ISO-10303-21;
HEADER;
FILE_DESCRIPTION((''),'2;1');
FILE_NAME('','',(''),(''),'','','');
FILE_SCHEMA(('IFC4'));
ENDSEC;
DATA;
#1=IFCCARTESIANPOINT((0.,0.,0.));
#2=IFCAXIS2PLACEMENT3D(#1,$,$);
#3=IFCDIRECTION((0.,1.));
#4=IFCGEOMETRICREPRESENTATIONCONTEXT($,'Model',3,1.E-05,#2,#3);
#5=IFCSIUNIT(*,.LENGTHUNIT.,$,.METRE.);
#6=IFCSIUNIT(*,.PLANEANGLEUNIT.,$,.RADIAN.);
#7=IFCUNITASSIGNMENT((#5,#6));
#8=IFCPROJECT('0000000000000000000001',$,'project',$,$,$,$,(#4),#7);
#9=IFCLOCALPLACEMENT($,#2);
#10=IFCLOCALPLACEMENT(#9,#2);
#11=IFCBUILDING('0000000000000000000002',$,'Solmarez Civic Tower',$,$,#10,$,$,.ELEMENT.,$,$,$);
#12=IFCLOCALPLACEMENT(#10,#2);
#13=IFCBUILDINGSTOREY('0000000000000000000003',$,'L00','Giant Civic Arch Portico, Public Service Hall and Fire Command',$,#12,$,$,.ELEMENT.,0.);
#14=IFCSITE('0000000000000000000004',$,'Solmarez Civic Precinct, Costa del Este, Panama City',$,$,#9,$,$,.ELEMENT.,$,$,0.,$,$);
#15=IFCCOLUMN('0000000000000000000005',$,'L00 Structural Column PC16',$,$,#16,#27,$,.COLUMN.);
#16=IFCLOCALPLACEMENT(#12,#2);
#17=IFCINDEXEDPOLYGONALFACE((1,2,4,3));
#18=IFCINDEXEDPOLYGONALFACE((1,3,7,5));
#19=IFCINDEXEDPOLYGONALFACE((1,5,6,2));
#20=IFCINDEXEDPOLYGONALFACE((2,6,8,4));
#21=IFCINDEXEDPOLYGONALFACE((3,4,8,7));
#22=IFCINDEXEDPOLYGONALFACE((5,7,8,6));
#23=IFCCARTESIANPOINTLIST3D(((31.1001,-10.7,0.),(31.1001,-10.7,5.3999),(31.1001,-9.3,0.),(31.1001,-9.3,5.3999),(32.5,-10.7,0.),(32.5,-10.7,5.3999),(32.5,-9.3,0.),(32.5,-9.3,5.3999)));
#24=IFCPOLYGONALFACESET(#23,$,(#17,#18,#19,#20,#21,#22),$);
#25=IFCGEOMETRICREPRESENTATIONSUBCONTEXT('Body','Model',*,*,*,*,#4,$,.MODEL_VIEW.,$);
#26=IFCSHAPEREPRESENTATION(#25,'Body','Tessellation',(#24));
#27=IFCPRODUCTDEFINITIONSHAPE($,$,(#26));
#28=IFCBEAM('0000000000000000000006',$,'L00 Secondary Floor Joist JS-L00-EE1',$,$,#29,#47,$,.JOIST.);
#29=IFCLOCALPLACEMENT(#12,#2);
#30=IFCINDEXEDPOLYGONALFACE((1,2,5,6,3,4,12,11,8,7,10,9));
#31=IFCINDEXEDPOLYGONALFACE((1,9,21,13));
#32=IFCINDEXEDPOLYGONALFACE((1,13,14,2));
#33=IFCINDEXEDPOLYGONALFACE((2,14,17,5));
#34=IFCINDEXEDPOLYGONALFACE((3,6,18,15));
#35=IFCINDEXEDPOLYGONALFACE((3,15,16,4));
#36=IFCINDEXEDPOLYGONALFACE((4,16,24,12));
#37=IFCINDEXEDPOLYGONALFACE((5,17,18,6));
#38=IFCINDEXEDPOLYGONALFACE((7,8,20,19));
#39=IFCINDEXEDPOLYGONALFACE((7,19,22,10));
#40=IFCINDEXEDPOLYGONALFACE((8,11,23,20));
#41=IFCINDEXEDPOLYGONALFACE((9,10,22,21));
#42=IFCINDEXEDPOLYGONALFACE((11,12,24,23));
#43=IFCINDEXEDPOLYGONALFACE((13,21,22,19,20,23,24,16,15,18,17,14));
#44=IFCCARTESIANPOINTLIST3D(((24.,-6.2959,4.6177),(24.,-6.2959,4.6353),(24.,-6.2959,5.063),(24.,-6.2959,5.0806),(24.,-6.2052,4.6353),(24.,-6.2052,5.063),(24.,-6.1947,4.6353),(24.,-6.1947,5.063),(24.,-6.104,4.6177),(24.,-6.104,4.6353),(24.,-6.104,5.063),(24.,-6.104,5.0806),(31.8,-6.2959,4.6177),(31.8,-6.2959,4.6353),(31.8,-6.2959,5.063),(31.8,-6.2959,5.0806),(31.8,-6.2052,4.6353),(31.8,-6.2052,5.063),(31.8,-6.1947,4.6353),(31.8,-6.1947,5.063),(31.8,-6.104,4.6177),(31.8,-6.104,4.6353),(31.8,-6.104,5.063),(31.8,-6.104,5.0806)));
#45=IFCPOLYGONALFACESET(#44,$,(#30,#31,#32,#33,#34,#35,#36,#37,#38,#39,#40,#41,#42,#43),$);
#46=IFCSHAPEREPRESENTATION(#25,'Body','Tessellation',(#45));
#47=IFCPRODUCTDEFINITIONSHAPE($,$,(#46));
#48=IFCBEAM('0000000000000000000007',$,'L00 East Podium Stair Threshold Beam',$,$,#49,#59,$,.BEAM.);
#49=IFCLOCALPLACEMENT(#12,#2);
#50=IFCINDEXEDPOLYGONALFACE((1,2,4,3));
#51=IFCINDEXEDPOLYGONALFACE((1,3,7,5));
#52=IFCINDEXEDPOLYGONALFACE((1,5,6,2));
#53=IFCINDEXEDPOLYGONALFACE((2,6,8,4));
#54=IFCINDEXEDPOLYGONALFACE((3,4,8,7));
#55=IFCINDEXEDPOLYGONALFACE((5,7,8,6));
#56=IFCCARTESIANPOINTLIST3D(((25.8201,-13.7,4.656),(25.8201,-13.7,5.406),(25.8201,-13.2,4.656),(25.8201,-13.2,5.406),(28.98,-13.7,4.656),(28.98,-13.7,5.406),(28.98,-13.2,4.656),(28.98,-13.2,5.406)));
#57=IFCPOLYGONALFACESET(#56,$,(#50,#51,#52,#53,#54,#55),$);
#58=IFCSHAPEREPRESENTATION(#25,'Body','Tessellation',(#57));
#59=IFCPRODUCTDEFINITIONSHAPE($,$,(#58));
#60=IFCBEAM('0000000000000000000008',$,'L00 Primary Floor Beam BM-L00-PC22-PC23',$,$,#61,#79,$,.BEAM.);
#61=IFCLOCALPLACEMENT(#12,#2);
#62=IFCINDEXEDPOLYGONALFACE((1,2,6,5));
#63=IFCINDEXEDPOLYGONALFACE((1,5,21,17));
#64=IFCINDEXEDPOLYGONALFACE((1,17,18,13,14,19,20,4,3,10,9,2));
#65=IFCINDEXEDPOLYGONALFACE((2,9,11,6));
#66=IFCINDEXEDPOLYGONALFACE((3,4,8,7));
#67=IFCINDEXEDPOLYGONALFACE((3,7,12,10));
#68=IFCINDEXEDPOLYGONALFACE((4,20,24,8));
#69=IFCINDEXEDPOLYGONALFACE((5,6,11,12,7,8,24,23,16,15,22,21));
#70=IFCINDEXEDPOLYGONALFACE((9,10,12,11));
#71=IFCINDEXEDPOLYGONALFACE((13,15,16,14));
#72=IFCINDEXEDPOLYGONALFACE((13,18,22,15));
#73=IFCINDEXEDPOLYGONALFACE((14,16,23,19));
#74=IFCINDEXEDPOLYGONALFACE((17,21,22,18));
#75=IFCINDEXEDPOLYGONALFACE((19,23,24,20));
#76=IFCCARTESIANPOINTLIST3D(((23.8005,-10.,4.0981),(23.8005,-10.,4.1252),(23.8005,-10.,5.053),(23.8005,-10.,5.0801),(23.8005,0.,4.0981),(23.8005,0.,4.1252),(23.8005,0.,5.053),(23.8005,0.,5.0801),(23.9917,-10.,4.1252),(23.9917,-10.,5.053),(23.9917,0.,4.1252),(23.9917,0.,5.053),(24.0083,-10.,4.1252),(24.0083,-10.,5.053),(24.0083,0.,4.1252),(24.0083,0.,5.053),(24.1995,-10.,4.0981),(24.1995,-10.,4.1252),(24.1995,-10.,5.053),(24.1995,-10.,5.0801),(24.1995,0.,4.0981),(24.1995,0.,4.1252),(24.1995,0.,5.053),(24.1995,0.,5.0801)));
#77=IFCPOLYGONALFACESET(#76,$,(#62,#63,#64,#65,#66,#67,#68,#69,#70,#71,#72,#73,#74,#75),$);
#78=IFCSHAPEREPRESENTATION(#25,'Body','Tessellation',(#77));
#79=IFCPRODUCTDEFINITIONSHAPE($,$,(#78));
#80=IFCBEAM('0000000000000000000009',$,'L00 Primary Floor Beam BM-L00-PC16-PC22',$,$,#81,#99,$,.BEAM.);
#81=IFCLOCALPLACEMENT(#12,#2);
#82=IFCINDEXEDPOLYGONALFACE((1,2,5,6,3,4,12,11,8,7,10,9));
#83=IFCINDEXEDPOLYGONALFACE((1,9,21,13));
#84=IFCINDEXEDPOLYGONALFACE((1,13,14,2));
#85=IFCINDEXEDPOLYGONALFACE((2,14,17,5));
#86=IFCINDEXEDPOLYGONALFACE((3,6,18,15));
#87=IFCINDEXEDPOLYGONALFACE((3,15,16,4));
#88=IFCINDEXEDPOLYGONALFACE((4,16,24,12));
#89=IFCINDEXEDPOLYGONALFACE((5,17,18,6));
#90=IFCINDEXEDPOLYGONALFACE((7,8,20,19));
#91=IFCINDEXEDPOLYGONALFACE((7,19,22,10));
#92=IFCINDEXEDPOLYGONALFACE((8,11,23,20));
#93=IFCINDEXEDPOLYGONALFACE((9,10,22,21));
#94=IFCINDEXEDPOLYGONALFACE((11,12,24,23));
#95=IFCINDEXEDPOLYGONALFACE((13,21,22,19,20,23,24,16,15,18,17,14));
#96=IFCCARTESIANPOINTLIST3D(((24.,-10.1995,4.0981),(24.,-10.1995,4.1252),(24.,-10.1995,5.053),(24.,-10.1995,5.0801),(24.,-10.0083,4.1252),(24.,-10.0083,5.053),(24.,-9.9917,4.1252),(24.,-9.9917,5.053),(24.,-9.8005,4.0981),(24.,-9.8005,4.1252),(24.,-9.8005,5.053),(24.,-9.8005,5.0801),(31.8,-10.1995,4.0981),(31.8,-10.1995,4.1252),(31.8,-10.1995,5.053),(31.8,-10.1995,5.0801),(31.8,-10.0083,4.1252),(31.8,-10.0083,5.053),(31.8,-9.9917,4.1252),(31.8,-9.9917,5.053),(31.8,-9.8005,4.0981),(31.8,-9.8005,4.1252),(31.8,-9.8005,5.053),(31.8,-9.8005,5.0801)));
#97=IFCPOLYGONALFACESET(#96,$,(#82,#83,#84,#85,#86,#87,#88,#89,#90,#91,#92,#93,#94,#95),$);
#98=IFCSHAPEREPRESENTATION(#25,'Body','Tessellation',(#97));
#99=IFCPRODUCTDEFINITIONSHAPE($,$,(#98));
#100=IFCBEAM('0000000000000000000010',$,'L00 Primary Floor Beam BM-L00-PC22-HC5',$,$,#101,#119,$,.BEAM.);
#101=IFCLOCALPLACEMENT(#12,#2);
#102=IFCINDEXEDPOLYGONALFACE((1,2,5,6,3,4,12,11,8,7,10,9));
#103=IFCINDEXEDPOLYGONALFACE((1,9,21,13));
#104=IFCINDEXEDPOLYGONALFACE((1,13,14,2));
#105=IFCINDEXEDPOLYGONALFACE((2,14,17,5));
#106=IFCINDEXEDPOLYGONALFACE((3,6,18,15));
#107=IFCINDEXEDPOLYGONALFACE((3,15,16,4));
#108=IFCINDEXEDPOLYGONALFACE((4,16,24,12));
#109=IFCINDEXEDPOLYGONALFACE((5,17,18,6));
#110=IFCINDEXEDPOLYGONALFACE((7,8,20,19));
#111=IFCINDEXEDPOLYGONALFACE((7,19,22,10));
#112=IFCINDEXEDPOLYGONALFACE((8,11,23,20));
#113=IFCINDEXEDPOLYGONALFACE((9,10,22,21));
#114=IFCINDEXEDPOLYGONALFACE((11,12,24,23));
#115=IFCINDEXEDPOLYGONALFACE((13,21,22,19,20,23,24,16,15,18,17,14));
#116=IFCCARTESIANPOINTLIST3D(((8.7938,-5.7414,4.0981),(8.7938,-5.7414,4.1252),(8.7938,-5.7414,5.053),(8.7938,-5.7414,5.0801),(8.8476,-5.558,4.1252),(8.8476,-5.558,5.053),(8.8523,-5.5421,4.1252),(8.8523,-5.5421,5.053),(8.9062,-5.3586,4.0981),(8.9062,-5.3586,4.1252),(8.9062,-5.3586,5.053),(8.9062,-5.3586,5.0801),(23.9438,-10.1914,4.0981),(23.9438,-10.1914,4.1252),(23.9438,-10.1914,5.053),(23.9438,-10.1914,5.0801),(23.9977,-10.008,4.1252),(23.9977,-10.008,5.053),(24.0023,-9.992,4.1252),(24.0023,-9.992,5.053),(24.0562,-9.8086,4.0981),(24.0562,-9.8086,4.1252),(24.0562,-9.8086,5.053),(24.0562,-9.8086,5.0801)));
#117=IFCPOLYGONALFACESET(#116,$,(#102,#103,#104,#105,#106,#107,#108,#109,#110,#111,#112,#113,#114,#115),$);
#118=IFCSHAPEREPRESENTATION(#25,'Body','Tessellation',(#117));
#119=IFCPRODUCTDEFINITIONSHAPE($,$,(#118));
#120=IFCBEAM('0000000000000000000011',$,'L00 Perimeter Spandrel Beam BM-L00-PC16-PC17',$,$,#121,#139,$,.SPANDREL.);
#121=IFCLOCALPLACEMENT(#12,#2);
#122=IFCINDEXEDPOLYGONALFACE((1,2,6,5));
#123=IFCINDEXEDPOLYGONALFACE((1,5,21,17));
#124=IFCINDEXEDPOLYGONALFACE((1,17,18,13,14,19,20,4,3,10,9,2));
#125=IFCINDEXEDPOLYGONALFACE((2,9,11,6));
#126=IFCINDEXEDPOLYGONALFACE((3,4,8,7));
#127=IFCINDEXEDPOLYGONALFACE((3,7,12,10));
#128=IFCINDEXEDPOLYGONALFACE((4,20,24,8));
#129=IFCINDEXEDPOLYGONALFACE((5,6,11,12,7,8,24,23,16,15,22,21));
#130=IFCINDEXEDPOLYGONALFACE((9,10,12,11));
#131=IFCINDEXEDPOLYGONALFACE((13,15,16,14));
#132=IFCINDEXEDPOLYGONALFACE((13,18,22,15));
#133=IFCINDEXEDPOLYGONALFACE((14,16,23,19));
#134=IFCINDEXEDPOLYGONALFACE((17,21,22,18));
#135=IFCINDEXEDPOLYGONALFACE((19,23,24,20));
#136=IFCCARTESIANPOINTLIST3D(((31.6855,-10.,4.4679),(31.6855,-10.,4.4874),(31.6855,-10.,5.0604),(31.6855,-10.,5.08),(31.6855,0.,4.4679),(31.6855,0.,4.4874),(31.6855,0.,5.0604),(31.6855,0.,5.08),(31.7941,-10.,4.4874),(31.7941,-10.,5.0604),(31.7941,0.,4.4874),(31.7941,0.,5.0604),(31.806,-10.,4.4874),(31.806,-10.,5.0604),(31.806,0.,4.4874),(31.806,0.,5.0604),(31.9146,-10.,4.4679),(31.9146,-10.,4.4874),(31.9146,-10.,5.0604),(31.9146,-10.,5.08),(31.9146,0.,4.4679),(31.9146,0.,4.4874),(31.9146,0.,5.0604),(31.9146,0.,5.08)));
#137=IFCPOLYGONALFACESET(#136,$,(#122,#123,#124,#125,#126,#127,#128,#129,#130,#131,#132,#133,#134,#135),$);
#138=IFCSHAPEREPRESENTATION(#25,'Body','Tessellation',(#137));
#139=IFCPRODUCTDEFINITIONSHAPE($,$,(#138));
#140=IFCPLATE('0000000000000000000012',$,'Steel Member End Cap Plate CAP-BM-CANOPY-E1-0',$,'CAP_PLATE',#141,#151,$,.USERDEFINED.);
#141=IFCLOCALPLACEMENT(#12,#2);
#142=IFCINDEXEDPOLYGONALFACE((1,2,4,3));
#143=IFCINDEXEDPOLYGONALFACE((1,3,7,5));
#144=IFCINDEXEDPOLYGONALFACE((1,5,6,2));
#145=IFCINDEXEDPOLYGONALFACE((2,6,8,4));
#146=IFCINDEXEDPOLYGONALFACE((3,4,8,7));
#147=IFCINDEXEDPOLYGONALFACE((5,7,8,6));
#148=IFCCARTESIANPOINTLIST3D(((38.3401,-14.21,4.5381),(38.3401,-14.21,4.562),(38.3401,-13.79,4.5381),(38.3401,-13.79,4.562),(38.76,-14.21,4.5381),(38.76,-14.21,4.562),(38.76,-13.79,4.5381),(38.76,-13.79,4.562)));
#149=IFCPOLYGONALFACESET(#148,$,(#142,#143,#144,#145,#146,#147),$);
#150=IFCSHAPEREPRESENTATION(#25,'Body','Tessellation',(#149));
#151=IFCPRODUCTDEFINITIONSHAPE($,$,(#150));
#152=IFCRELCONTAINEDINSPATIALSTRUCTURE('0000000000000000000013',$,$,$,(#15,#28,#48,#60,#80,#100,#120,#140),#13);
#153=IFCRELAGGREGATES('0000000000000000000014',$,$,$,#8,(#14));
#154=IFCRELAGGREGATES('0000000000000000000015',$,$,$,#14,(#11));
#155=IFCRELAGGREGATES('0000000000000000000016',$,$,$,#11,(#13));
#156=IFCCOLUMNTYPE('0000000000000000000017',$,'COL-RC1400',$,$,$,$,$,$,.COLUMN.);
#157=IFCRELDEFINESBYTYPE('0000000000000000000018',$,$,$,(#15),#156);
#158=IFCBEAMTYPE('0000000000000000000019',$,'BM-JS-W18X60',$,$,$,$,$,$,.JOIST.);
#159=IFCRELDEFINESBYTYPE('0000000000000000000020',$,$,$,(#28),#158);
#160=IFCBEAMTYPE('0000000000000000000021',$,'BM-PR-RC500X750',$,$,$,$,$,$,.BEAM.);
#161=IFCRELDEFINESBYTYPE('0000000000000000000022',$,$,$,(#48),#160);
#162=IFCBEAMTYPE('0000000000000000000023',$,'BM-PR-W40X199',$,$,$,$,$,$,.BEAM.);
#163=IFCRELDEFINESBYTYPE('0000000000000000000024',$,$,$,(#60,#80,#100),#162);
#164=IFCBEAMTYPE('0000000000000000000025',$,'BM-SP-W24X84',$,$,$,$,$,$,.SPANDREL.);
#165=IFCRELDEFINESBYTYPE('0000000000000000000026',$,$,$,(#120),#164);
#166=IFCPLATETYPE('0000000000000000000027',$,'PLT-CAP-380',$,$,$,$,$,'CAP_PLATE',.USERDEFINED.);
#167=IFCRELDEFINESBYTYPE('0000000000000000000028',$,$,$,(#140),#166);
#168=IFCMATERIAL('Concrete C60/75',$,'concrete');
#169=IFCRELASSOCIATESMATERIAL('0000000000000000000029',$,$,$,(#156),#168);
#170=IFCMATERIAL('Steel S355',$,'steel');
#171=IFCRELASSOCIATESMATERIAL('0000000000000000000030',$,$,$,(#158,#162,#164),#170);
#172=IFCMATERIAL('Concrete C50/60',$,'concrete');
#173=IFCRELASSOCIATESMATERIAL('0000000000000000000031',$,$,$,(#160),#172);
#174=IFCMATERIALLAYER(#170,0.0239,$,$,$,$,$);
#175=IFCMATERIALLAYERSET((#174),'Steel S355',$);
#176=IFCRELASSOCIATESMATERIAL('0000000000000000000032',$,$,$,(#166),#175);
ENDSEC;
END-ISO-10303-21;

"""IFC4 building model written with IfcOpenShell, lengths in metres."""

from ifc_helpers import new_model, si_unit, direction, frame, origin, origin_2d, place, context, subcontext, project, spatial, rectangle, i_section, extrude, material, layer, layer_set, material_profile, profile_set, type_object, element, save


model = new_model("IFC4")

# Units and contexts
model_context = context("Model", 3, precision=1e-05, world=origin(), true_north=direction((0.0, 1.0)))
body_context = subcontext(model_context, "Body", "Model", "MODEL_VIEW")
ifc_project = project(units=[si_unit("LENGTHUNIT", "METRE"), si_unit("PLANEANGLEUNIT", "RADIAN")], contexts=[model_context])

# Site, building, storey
site_placement = place(None, origin())
site = spatial("IfcSite", under=ifc_project, at=site_placement, Name="Solmarez Civic Precinct, Costa del Este, Panama City", CompositionType="ELEMENT", RefElevation=0.0)
building_placement = place(site_placement, origin())
building = spatial("IfcBuilding", under=site, at=building_placement, Name="Solmarez Civic Tower", CompositionType="ELEMENT")
storey_placement = place(building_placement, origin())
storey = spatial("IfcBuildingStorey", under=building, at=storey_placement, Name="L00", Description="Giant Civic Arch Portico, Public Service Hall and Fire Command", CompositionType="ELEMENT", Elevation=0.0)

# Column
ifc_material_1 = material(Name="Concrete C60/75", Category="concrete")
ifc_material_profile_1 = material_profile(ifc_material_1, rectangle(XDim=1.3999, YDim=1.3999, at=origin_2d()), Name="RC1400X1400")
ifc_profile_set_1 = profile_set([ifc_material_profile_1], Name="Concrete C60/75")
column_type = type_object("IfcColumnType", Name="COL-RC1400", PredefinedType="COLUMN", material=ifc_profile_set_1)
column_placement = place(storey_placement, frame((31.8, -10.0, 0.0), z_axis=(0.0, 0.0, 1.0), x_axis=(1.0, 0.0, 0.0)))
element("IfcColumn", 1, at=column_placement, inside=storey, type_object=column_type, Name="L00 Structural Column PC16", PredefinedType="COLUMN", context=body_context, shape_type="SweptSolid", body=[
    extrude(rectangle(XDim=1.3999, YDim=1.3999, at=origin_2d()), origin(), (0.0, 0.0, 1.0), 5.3999),
])

# Beams
ifc_material_2 = material(Name="Steel S355", Category="steel")
ifc_material_profile_2 = material_profile(ifc_material_2, i_section(OverallWidth=0.1919, OverallDepth=0.4629, WebThickness=0.0105, FlangeThickness=0.0176, at=origin_2d()), Name="W18X60")
ifc_profile_set_2 = profile_set([ifc_material_profile_2], Name="Steel S355")
beam_type_1 = type_object("IfcBeamType", Name="BM-JS-W18X60", PredefinedType="JOIST", material=ifc_profile_set_2)
beam_1_placement = place(storey_placement, frame((24.0, -6.2, 4.8491), z_axis=(1.0, 0.0, 0.0), x_axis=(0.0, 1.0, 0.0)))
element("IfcBeam", 2, at=beam_1_placement, inside=storey, type_object=beam_type_1, Name="L00 Secondary Floor Joist JS-L00-EE1", PredefinedType="JOIST", context=body_context, shape_type="SweptSolid", body=[
    extrude(i_section(OverallWidth=0.1919, OverallDepth=0.4629, WebThickness=0.0105, FlangeThickness=0.0176, at=origin_2d()), origin(), (0.0, 0.0, 1.0), 7.8),
])
ifc_material_3 = material(Name="Concrete C50/60", Category="concrete")
ifc_material_profile_3 = material_profile(ifc_material_3, rectangle(XDim=0.5, YDim=0.75, at=origin_2d()), Name="RC500X750")
ifc_profile_set_3 = profile_set([ifc_material_profile_3], Name="Concrete C50/60")
beam_type_2 = type_object("IfcBeamType", Name="BM-PR-RC500X750", PredefinedType="BEAM", material=ifc_profile_set_3)
beam_2_placement = place(storey_placement, frame((25.8201, -13.45, 5.031), z_axis=(1.0, 0.0, 0.0), x_axis=(0.0, 1.0, 0.0)))
element("IfcBeam", 3, at=beam_2_placement, inside=storey, type_object=beam_type_2, Name="L00 East Podium Stair Threshold Beam", PredefinedType="BEAM", context=body_context, shape_type="SweptSolid", body=[
    extrude(rectangle(XDim=0.5, YDim=0.75, at=origin_2d()), origin(), (0.0, 0.0, 1.0), 3.1599),
])
ifc_material_profile_4 = material_profile(ifc_material_2, i_section(OverallWidth=0.3989, OverallDepth=0.9819, WebThickness=0.0166, FlangeThickness=0.0271, at=origin_2d()), Name="W40X199")
ifc_profile_set_4 = profile_set([ifc_material_profile_4], Name="Steel S355")
beam_type_3 = type_object("IfcBeamType", Name="BM-PR-W40X199", PredefinedType="BEAM", material=ifc_profile_set_4)
beam_3_placement = place(storey_placement, frame((24.0, -10.0, 4.5891), z_axis=(0.0, 1.0, 0.0), x_axis=(-1.0, 0.0, 0.0)))
element("IfcBeam", 4, at=beam_3_placement, inside=storey, type_object=beam_type_3, Name="L00 Primary Floor Beam BM-L00-PC22-PC23", PredefinedType="BEAM", context=body_context, shape_type="SweptSolid", body=[
    extrude(i_section(OverallWidth=0.3989, OverallDepth=0.9819, WebThickness=0.0166, FlangeThickness=0.0271, at=origin_2d()), origin(), (0.0, 0.0, 1.0), 10.0),
])
beam_4_placement = place(storey_placement, frame((31.8, -10.0, 4.5891), z_axis=(-1.0, 0.0, 0.0), x_axis=(0.0, -1.0, 0.0)))
element("IfcBeam", 5, at=beam_4_placement, inside=storey, type_object=beam_type_3, Name="L00 Primary Floor Beam BM-L00-PC16-PC22", PredefinedType="BEAM", context=body_context, shape_type="SweptSolid", body=[
    extrude(i_section(OverallWidth=0.3989, OverallDepth=0.9819, WebThickness=0.0166, FlangeThickness=0.0271, at=origin_2d()), origin(), (0.0, 0.0, 1.0), 7.8),
])
beam_5_placement = place(storey_placement, frame((24.0, -10.0, 4.5891), z_axis=(-0.959467, 0.281822, 0.0), x_axis=(-0.281822, -0.959467, 0.0)))
element("IfcBeam", 6, at=beam_5_placement, inside=storey, type_object=beam_type_3, Name="L00 Primary Floor Beam BM-L00-PC22-HC5", PredefinedType="BEAM", context=body_context, shape_type="SweptSolid", body=[
    extrude(i_section(OverallWidth=0.3989, OverallDepth=0.9819, WebThickness=0.0166, FlangeThickness=0.0271, at=origin_2d()), origin(), (0.0, 0.0, 1.0), 15.79),
])
ifc_material_profile_5 = material_profile(ifc_material_2, i_section(OverallWidth=0.229, OverallDepth=0.6121, WebThickness=0.012, FlangeThickness=0.0195, at=origin_2d()), Name="W24X84")
ifc_profile_set_5 = profile_set([ifc_material_profile_5], Name="Steel S355")
beam_type_4 = type_object("IfcBeamType", Name="BM-SP-W24X84", PredefinedType="SPANDREL", material=ifc_profile_set_5)
beam_6_placement = place(storey_placement, frame((31.8, -10.0, 4.7739), z_axis=(0.0, 1.0, 0.0), x_axis=(-1.0, 0.0, 0.0)))
element("IfcBeam", 7, at=beam_6_placement, inside=storey, type_object=beam_type_4, Name="L00 Perimeter Spandrel Beam BM-L00-PC16-PC17", PredefinedType="SPANDREL", context=body_context, shape_type="SweptSolid", body=[
    extrude(i_section(OverallWidth=0.229, OverallDepth=0.6121, WebThickness=0.012, FlangeThickness=0.0195, at=origin_2d()), origin(), (0.0, 0.0, 1.0), 10.0),
])

# Plate
ifc_layer_1 = layer(ifc_material_2, 0.0239)
ifc_layer_set_1 = layer_set([ifc_layer_1], Name="Steel S355")
plate_type = type_object("IfcPlateType", Name="PLT-CAP-380", ElementType="CAP_PLATE", PredefinedType="USERDEFINED", material=ifc_layer_set_1)
plate_placement = place(storey_placement, frame((38.55, -14.0, 4.5381), z_axis=(0.0, 0.0, 1.0), x_axis=(1.0, 0.0, 0.0)))
element("IfcPlate", 8, at=plate_placement, inside=storey, type_object=plate_type, Name="Steel Member End Cap Plate CAP-BM-CANOPY-E1-0", ObjectType="CAP_PLATE", PredefinedType="USERDEFINED", context=body_context, shape_type="SweptSolid", body=[
    extrude(rectangle(XDim=0.4199, YDim=0.4199, at=origin_2d()), origin(), (0.0, 0.0, 1.0), 0.0239),
])

save(model, "model.ifc")
